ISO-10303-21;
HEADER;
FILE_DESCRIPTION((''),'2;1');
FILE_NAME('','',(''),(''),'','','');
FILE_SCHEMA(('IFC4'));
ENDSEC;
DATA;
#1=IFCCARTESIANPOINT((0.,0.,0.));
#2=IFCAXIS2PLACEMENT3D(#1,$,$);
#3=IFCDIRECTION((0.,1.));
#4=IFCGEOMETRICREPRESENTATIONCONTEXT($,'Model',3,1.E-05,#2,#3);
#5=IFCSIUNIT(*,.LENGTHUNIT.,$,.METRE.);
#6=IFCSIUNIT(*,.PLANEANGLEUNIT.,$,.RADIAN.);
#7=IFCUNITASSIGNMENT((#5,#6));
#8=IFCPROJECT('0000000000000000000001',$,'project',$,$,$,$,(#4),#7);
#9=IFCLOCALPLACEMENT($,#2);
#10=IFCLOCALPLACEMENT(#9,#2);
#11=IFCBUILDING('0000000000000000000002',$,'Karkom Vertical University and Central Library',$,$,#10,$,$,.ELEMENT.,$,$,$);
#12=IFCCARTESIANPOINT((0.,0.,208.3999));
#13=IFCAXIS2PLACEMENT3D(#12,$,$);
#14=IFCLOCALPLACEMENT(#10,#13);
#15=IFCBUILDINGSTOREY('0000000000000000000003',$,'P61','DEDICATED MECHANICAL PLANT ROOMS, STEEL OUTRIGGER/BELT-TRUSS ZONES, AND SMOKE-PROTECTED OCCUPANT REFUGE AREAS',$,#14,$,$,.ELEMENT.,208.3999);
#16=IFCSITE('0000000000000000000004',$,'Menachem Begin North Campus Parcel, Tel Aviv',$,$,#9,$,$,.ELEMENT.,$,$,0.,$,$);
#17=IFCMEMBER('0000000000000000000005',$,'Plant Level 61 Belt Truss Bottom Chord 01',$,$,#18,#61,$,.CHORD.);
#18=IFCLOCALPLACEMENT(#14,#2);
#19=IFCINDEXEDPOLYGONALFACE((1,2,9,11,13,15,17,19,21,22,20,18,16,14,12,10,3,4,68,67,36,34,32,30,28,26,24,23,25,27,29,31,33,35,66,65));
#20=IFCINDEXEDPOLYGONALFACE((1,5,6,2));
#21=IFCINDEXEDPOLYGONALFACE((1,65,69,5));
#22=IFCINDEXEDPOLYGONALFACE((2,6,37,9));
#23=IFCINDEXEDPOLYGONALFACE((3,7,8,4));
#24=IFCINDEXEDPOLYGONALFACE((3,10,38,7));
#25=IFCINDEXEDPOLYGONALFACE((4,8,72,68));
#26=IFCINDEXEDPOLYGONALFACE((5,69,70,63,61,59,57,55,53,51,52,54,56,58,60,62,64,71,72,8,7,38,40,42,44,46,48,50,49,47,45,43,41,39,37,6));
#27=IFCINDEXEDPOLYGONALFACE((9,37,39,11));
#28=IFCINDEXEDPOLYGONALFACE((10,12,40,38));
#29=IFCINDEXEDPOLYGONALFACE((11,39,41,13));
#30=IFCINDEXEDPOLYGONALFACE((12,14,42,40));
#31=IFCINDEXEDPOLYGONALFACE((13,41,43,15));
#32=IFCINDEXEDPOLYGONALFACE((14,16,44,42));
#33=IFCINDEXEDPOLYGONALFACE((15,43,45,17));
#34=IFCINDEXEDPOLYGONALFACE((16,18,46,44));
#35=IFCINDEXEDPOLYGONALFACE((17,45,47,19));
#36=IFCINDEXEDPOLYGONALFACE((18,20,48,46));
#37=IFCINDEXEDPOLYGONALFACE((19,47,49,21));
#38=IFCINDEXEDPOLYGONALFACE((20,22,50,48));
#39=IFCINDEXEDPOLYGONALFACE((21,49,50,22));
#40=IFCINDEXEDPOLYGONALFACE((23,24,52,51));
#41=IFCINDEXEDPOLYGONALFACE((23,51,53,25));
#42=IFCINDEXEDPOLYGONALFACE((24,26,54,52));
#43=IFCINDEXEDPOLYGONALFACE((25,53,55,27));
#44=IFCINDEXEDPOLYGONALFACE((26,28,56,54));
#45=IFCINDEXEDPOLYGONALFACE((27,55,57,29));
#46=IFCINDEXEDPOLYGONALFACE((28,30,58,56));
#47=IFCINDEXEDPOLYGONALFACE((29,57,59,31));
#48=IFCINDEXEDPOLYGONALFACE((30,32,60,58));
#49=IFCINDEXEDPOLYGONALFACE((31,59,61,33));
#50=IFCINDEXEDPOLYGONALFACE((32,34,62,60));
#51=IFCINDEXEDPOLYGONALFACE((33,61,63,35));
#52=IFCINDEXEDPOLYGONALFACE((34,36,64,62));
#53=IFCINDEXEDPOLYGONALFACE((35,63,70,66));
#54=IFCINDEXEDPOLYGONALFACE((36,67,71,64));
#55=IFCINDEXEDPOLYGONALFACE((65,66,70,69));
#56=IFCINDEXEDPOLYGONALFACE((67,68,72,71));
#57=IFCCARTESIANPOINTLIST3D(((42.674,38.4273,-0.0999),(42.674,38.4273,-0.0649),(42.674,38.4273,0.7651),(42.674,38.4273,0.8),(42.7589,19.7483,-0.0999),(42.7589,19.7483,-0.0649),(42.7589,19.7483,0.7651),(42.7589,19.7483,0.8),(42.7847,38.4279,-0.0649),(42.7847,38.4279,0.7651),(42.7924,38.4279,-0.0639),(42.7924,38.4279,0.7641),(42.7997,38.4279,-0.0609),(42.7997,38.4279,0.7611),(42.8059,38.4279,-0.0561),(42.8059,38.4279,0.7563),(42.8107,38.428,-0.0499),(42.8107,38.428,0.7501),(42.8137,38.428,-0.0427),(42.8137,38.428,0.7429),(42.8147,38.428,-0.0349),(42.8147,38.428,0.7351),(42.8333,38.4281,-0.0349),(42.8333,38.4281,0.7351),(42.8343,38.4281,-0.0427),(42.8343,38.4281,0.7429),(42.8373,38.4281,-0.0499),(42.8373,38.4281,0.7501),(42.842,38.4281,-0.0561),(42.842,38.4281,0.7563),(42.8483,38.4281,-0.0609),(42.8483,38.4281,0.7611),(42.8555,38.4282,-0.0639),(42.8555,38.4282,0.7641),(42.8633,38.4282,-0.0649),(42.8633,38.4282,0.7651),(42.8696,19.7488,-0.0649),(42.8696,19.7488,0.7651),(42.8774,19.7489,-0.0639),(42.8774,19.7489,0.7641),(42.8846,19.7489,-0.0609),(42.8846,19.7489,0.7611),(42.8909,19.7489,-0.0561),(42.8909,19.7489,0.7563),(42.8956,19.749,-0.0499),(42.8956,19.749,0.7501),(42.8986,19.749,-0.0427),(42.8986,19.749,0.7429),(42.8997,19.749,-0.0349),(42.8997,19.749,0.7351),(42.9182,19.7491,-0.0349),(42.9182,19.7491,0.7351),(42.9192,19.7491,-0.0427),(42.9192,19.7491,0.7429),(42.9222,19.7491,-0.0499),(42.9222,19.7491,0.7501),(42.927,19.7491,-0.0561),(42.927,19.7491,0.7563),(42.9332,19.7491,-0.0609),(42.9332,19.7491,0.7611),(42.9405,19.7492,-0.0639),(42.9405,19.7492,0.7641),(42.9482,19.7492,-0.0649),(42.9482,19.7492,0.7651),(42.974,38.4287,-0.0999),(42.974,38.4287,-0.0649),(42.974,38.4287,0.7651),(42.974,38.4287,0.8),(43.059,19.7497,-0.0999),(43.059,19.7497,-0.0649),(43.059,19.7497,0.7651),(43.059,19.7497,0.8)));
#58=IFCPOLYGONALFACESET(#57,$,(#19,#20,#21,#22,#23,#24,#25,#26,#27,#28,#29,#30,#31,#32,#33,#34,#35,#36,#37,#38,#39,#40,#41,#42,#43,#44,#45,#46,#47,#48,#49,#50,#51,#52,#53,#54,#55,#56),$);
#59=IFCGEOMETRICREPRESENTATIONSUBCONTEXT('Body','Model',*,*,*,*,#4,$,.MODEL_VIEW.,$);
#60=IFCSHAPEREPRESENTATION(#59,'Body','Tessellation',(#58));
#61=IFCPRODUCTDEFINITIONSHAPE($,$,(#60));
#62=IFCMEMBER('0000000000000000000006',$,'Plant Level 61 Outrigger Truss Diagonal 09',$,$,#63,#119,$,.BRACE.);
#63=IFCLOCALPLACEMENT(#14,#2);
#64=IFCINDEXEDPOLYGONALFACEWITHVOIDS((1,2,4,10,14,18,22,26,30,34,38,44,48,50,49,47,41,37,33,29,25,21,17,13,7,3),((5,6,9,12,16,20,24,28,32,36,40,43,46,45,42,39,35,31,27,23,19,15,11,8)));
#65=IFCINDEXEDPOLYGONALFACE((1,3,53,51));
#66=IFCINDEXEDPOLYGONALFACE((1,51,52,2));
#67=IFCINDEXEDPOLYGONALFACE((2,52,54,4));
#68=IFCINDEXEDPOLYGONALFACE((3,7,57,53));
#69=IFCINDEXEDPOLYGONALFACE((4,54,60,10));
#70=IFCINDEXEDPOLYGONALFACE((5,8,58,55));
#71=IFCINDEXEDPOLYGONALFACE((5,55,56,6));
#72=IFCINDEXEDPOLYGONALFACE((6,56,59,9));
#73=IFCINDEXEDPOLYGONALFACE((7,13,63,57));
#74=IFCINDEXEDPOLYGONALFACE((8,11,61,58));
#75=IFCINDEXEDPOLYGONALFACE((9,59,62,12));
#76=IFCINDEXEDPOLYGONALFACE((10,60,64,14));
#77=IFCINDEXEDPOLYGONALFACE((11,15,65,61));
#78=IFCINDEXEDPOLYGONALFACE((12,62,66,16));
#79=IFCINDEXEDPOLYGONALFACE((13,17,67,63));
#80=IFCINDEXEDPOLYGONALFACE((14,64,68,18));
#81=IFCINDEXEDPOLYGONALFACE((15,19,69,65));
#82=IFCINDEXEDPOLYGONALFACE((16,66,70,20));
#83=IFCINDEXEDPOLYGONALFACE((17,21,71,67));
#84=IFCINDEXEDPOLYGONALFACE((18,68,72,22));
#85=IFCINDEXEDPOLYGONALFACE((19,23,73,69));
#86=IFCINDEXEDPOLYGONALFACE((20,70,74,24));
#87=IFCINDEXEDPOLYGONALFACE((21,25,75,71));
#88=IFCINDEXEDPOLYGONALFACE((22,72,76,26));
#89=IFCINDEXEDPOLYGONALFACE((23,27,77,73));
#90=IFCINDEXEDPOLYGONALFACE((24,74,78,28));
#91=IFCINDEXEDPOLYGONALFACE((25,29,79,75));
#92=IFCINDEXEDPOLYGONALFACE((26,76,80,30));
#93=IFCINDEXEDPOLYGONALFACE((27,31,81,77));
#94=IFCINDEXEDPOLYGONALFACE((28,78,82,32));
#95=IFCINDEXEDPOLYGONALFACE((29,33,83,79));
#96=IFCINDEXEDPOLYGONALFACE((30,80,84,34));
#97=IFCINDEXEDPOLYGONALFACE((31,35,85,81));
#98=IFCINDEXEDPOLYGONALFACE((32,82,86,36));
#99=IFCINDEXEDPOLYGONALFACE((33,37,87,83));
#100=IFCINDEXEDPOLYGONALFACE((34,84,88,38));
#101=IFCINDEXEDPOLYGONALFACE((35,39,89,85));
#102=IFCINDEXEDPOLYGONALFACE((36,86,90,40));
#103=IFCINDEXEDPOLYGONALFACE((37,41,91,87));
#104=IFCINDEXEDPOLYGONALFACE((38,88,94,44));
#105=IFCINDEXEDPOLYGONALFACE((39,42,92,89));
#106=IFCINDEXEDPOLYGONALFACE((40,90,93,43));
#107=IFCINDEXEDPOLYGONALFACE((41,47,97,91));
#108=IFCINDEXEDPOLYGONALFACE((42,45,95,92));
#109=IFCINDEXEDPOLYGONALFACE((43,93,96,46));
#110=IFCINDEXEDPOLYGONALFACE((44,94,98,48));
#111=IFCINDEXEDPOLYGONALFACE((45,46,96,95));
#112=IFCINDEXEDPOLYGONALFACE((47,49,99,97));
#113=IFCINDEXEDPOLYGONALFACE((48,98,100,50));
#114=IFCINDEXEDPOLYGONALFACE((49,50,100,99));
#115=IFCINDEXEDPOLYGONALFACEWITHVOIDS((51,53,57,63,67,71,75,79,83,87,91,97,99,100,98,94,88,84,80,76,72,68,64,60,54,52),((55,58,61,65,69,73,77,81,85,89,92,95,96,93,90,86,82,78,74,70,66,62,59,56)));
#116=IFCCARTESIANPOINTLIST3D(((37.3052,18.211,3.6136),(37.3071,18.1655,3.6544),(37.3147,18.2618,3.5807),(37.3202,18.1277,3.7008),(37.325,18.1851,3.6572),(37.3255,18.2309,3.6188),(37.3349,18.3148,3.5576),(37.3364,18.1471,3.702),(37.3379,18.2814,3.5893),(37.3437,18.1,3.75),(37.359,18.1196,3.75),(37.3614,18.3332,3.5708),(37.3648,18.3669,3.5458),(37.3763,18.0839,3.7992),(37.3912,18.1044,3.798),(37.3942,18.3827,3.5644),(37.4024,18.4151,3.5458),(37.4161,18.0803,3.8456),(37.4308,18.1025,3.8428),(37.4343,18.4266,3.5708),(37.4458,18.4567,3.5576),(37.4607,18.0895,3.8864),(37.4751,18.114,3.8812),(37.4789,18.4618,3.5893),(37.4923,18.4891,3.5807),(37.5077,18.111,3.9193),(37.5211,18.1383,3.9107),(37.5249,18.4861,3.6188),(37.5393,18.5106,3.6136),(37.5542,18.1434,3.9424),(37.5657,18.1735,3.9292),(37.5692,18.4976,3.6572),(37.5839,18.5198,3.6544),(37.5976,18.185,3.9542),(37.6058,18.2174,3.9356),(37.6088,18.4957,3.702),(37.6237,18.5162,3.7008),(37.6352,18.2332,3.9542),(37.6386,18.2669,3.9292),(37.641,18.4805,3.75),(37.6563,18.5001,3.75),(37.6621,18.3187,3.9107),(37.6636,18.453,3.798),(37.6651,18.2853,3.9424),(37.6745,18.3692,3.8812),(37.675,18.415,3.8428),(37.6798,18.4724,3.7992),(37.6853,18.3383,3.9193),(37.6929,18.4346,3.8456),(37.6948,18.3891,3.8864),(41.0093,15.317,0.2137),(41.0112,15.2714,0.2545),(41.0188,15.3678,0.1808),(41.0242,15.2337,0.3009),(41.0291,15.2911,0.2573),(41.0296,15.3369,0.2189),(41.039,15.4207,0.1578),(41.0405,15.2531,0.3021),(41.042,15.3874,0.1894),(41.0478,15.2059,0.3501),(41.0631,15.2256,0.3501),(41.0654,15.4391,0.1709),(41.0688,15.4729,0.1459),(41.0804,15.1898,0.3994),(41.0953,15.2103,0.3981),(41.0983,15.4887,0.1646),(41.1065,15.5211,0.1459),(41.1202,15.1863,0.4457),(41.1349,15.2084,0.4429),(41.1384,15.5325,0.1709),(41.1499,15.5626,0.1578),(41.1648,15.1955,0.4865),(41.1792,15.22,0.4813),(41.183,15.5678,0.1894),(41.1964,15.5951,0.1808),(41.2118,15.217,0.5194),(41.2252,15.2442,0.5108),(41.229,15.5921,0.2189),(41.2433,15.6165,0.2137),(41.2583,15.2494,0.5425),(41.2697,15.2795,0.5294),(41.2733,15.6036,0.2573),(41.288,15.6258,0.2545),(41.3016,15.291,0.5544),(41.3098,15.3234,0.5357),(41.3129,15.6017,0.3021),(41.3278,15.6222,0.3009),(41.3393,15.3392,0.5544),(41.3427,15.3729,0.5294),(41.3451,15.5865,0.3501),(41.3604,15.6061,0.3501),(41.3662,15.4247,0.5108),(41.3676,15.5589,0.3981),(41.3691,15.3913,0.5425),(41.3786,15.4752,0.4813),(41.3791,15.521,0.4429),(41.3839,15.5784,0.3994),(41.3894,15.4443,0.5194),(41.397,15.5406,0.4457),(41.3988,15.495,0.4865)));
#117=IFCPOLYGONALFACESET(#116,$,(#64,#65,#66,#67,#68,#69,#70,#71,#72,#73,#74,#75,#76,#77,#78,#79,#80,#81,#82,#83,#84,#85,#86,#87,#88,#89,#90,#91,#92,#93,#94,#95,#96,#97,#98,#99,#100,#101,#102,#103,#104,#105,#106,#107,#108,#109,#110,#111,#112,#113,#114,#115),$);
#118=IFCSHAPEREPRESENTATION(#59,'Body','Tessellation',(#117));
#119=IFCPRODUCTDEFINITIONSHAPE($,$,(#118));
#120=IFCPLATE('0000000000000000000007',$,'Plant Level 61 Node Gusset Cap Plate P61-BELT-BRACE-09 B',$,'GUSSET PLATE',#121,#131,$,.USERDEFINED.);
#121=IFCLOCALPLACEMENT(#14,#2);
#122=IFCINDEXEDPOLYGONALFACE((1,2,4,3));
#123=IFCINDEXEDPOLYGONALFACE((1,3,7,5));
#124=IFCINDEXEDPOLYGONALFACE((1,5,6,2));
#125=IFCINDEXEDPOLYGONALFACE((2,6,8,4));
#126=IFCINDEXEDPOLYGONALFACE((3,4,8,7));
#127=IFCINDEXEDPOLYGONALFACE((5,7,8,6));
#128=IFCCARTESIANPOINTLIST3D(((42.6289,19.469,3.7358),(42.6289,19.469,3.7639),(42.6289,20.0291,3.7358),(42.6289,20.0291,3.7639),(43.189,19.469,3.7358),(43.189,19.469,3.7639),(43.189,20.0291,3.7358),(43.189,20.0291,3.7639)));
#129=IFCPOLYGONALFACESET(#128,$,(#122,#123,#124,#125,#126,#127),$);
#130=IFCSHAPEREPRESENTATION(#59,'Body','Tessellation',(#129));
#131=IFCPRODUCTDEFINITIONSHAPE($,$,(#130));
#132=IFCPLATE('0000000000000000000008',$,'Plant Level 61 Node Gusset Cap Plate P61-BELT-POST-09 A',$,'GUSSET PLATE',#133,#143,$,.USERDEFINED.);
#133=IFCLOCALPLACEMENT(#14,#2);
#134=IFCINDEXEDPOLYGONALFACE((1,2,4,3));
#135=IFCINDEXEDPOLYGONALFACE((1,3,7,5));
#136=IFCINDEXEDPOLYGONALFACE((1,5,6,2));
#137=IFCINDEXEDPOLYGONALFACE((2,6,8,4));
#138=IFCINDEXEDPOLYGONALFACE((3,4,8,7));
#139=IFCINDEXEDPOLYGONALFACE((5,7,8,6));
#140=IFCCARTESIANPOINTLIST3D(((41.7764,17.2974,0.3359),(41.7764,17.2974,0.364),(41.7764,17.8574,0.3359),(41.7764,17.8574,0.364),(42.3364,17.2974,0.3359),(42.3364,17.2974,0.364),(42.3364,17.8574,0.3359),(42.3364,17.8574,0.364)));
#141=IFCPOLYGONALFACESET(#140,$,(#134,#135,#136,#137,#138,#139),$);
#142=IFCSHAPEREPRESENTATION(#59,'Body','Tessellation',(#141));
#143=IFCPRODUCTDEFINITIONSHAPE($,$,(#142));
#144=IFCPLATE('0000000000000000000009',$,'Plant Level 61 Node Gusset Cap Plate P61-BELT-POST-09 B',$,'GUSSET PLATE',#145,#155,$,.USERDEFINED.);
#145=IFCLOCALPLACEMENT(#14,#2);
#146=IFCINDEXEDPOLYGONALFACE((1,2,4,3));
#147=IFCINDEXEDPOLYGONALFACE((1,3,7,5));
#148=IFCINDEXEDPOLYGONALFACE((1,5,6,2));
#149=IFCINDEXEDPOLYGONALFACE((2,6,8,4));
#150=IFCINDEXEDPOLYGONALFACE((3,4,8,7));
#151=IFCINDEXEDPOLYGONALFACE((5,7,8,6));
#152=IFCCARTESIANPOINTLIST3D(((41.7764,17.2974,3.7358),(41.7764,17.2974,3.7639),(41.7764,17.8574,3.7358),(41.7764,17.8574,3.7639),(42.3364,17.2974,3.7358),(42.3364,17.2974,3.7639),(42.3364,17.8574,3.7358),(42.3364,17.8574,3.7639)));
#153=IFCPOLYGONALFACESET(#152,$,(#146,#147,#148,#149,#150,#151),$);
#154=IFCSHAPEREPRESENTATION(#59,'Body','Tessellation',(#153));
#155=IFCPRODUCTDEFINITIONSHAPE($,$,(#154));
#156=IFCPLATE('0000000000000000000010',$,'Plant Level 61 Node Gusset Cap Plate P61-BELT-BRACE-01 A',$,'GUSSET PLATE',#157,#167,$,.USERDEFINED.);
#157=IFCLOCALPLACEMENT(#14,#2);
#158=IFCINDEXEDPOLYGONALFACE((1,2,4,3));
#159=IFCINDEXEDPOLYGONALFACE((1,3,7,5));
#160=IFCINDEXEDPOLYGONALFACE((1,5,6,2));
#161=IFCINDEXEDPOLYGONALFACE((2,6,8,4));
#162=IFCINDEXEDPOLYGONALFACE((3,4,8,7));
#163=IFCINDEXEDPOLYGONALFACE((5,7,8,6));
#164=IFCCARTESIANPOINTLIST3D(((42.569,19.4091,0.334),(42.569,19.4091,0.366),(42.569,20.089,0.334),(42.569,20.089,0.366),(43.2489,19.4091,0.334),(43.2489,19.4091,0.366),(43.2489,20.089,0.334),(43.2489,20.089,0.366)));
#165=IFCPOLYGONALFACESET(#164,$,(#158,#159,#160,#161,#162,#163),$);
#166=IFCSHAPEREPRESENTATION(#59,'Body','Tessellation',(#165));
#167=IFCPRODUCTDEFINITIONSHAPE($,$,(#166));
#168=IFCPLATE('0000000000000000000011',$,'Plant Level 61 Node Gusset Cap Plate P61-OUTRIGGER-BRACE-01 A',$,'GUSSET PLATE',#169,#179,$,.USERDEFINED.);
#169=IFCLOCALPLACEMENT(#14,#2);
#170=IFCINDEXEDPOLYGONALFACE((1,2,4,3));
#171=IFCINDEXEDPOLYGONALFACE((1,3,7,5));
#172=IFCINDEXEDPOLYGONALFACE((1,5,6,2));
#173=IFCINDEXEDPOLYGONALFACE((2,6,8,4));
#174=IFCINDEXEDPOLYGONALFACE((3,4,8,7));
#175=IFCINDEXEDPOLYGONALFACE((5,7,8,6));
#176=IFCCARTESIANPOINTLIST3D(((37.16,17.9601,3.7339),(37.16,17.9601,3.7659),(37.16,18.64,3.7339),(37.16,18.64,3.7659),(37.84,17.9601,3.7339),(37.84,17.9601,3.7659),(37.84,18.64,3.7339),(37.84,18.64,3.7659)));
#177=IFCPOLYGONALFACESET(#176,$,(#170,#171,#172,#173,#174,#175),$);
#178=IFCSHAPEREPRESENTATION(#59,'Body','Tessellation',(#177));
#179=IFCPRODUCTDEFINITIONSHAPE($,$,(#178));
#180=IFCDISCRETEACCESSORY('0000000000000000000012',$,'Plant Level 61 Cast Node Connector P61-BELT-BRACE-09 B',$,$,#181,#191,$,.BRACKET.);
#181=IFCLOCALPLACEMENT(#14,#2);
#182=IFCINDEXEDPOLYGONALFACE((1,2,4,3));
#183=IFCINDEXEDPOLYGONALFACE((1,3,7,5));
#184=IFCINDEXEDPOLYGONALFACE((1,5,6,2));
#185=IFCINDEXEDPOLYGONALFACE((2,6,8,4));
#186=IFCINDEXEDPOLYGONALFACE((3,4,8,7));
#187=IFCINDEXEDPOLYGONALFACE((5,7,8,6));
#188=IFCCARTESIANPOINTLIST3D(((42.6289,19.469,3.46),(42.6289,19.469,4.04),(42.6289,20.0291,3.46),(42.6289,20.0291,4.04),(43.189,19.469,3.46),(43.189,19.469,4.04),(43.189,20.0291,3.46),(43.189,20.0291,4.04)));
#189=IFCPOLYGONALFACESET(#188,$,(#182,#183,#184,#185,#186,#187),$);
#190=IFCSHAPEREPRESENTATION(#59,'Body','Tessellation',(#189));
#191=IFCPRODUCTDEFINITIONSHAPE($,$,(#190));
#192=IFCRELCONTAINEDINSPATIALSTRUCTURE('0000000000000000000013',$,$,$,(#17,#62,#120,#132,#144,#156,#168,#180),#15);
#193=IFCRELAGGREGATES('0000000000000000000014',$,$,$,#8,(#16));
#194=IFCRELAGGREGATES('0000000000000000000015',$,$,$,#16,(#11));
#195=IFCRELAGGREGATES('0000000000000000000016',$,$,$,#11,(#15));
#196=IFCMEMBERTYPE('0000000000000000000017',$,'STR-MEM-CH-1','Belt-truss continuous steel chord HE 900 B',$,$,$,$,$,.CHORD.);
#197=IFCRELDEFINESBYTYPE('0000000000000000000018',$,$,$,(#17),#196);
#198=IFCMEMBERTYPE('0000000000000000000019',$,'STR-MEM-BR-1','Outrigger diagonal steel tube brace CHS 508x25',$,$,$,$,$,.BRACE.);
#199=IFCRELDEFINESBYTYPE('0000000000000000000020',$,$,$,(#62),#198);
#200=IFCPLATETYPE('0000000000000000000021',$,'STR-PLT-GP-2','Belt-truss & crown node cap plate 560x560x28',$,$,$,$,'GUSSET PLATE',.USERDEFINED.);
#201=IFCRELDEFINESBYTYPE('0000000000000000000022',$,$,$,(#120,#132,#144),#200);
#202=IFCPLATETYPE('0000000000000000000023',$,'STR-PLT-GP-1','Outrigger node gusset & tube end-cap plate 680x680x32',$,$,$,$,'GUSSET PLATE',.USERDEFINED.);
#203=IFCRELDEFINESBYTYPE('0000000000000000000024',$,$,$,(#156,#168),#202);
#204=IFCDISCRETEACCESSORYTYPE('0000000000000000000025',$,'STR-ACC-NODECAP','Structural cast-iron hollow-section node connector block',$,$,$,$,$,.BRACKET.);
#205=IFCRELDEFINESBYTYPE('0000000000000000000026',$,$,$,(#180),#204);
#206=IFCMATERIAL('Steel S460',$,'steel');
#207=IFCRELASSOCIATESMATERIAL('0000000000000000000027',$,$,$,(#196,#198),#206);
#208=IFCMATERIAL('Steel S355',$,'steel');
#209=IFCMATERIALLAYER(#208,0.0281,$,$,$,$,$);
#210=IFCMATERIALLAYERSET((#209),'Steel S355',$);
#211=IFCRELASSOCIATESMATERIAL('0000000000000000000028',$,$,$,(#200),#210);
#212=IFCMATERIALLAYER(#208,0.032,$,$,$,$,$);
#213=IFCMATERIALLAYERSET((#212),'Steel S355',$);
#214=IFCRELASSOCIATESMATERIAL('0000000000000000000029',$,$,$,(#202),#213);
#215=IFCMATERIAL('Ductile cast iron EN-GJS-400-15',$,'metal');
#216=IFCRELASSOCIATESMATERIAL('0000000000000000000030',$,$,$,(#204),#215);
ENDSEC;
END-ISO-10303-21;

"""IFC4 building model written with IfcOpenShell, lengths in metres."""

from ifc_helpers import new_model, si_unit, direction, frame, origin, origin_with_axes, origin_2d, place, context, subcontext, project, spatial, rectangle, hollow_circle, i_section, extrude, source, transform, mapped, material, layer, layer_set, material_profile, profile_set, type_object, element, save


model = new_model("IFC4")

# Units and contexts
model_context = context("Model", 3, precision=1e-05, world=origin(), true_north=direction((0.0, 1.0)))
body_context = subcontext(model_context, "Body", "Model", "MODEL_VIEW")
ifc_project = project(units=[si_unit("LENGTHUNIT", "METRE"), si_unit("PLANEANGLEUNIT", "RADIAN")], contexts=[model_context])

# Site, building, storey
site_placement = place(None, origin())
site = spatial("IfcSite", under=ifc_project, at=site_placement, Name="Menachem Begin North Campus Parcel, Tel Aviv", CompositionType="ELEMENT", RefElevation=0.0)
building_placement = place(site_placement, origin())
building = spatial("IfcBuilding", under=site, at=building_placement, Name="Karkom Vertical University and Central Library", CompositionType="ELEMENT")
storey_placement = place(building_placement, frame((0.0, 0.0, 208.3999)))
storey = spatial("IfcBuildingStorey", under=building, at=storey_placement, Name="P61", Description="DEDICATED MECHANICAL PLANT ROOMS, STEEL OUTRIGGER/BELT-TRUSS ZONES, AND SMOKE-PROTECTED OCCUPANT REFUGE AREAS", CompositionType="ELEMENT", Elevation=208.3999)

# Shared definitions
ifc_material_1 = material(Name="Steel S355", Category="steel")
ifc_material_2 = material(Name="Steel S460", Category="steel")

# Members
ifc_material_profile_1 = material_profile(ifc_material_2, i_section(OverallWidth=0.3, OverallDepth=0.8999, WebThickness=0.0186, FlangeThickness=0.0349, FilletRadius=0.03, at=origin_2d()), Name="HE 900 B")
ifc_profile_set_1 = profile_set([ifc_material_profile_1], Name="Steel S460")
member_type_1 = type_object("IfcMemberType", Name="STR-MEM-CH-1", Description="Belt-truss continuous steel chord HE 900 B", PredefinedType="CHORD", material=ifc_profile_set_1)
shared_shape_1 = source(origin_with_axes(), body_context, "Body", "SweptSolid", [
    extrude(i_section(OverallWidth=0.3, OverallDepth=0.8999, WebThickness=0.0186, FlangeThickness=0.0349, FilletRadius=0.03, at=origin_2d()), origin(), (0.0, 0.0, 1.0), 18.6792),
])
member_1_placement = place(storey_placement, frame((42.9089, 19.749, 0.3501), z_axis=(-0.004548, 0.99999, 0.0), x_axis=(-0.99999, -0.004548, 0.0)))
element("IfcMember", 1, at=member_1_placement, inside=storey, type_object=member_type_1, Name="Plant Level 61 Belt Truss Bottom Chord 01", PredefinedType="CHORD", context=body_context, shape_type="MappedRepresentation", body=[
    mapped(shared_shape_1, transform((0.0, 0.0, 0.0), scale=1.0)),
])
ifc_material_profile_2 = material_profile(ifc_material_2, hollow_circle(Radius=0.2539, WallThickness=0.0249, at=origin_2d()), Name="CHS 508x25")
ifc_profile_set_2 = profile_set([ifc_material_profile_2], Name="Steel S460")
member_type_2 = type_object("IfcMemberType", Name="STR-MEM-BR-1", Description="Outrigger diagonal steel tube brace CHS 508x25", PredefinedType="BRACE", material=ifc_profile_set_2)
shared_shape_2 = source(origin_with_axes(), body_context, "Body", "SweptSolid", [
    extrude(hollow_circle(Radius=0.2539, WallThickness=0.0249, at=origin_2d()), origin(), (0.0, 0.0, 1.0), 5.8013),
])
member_2_placement = place(storey_placement, frame((37.5, 18.3, 3.75), z_axis=(0.638494, -0.49886, -0.586058), x_axis=(0.615672, 0.788002, 0.0)))
element("IfcMember", 2, at=member_2_placement, inside=storey, type_object=member_type_2, Name="Plant Level 61 Outrigger Truss Diagonal 09", PredefinedType="BRACE", context=body_context, shape_type="MappedRepresentation", body=[
    mapped(shared_shape_2, transform((0.0, 0.0, 0.0), scale=1.0)),
])

# Plates
ifc_layer_1 = layer(ifc_material_1, 0.0281)
ifc_layer_set_1 = layer_set([ifc_layer_1], Name="Steel S355")
plate_type_1 = type_object("IfcPlateType", Name="STR-PLT-GP-2", Description="Belt-truss & crown node cap plate 560x560x28", ElementType="GUSSET PLATE", PredefinedType="USERDEFINED", material=ifc_layer_set_1)
shared_shape_3 = source(origin_with_axes(), body_context, "Body", "SweptSolid", [
    extrude(rectangle(XDim=0.5601, YDim=0.5601, at=origin_2d()), origin(), (0.0, 0.0, 1.0), 0.0281),
])
for number, where, z_axis, x_axis, name in (
    (3, (42.9089, 19.749, 3.7358), (0.0, 0.0, 1.0), (1.0, 0.0, 0.0), "Plant Level 61 Node Gusset Cap Plate P61-BELT-BRACE-09 B"),
    (4, (42.0564, 17.5774, 0.3359), (0.0, 0.0, 1.0), (1.0, 0.0, 0.0), "Plant Level 61 Node Gusset Cap Plate P61-BELT-POST-09 A"),
    (5, (42.0564, 17.5774, 3.7358), (0.0, 0.0, 1.0), (1.0, 0.0, 0.0), "Plant Level 61 Node Gusset Cap Plate P61-BELT-POST-09 B"),
):
    element("IfcPlate", number, at=place(storey_placement, frame(where, z_axis=z_axis, x_axis=x_axis)), inside=storey, type_object=plate_type_1, Name=name, ObjectType="GUSSET PLATE", PredefinedType="USERDEFINED", context=body_context, shape_type="MappedRepresentation", body=[
        mapped(shared_shape_3, transform((0.0, 0.0, 0.0), scale=1.0)),
    ])
ifc_layer_2 = layer(ifc_material_1, 0.032)
ifc_layer_set_2 = layer_set([ifc_layer_2], Name="Steel S355")
plate_type_2 = type_object("IfcPlateType", Name="STR-PLT-GP-1", Description="Outrigger node gusset & tube end-cap plate 680x680x32", ElementType="GUSSET PLATE", PredefinedType="USERDEFINED", material=ifc_layer_set_2)
shared_shape_4 = source(origin_with_axes(), body_context, "Body", "SweptSolid", [
    extrude(rectangle(XDim=0.6799, YDim=0.6799, at=origin_2d()), origin(), (0.0, 0.0, 1.0), 0.032),
])
for number, where, z_axis, x_axis, name in (
    (6, (42.9089, 19.749, 0.334), (0.0, 0.0, 1.0), (1.0, 0.0, 0.0), "Plant Level 61 Node Gusset Cap Plate P61-BELT-BRACE-01 A"),
    (7, (37.5, 18.3, 3.7339), (0.0, 0.0, 1.0), (1.0, 0.0, 0.0), "Plant Level 61 Node Gusset Cap Plate P61-OUTRIGGER-BRACE-01 A"),
):
    element("IfcPlate", number, at=place(storey_placement, frame(where, z_axis=z_axis, x_axis=x_axis)), inside=storey, type_object=plate_type_2, Name=name, ObjectType="GUSSET PLATE", PredefinedType="USERDEFINED", context=body_context, shape_type="MappedRepresentation", body=[
        mapped(shared_shape_4, transform((0.0, 0.0, 0.0), scale=1.0)),
    ])

# Discrete accessory
ifc_material_3 = material(Name="Ductile cast iron EN-GJS-400-15", Category="metal")
discrete_accessory_type = type_object("IfcDiscreteAccessoryType", Name="STR-ACC-NODECAP", Description="Structural cast-iron hollow-section node connector block", PredefinedType="BRACKET", material=ifc_material_3)
shared_shape_5 = source(origin_with_axes(), body_context, "Body", "SweptSolid", [
    extrude(rectangle(XDim=0.5601, YDim=0.5601, at=origin_2d()), origin(), (0.0, 0.0, 1.0), 0.5801),
])
for number, where, z_axis, x_axis, name in (
    (8, (42.9089, 19.749, 3.46), (0.0, 0.0, 1.0), (1.0, 0.0, 0.0), "Plant Level 61 Cast Node Connector P61-BELT-BRACE-09 B"),
):
    element("IfcDiscreteAccessory", number, at=place(storey_placement, frame(where, z_axis=z_axis, x_axis=x_axis)), inside=storey, type_object=discrete_accessory_type, Name=name, PredefinedType="BRACKET", context=body_context, shape_type="MappedRepresentation", body=[
        mapped(shared_shape_5, transform((0.0, 0.0, 0.0), scale=1.0)),
    ])

save(model, "model.ifc")
